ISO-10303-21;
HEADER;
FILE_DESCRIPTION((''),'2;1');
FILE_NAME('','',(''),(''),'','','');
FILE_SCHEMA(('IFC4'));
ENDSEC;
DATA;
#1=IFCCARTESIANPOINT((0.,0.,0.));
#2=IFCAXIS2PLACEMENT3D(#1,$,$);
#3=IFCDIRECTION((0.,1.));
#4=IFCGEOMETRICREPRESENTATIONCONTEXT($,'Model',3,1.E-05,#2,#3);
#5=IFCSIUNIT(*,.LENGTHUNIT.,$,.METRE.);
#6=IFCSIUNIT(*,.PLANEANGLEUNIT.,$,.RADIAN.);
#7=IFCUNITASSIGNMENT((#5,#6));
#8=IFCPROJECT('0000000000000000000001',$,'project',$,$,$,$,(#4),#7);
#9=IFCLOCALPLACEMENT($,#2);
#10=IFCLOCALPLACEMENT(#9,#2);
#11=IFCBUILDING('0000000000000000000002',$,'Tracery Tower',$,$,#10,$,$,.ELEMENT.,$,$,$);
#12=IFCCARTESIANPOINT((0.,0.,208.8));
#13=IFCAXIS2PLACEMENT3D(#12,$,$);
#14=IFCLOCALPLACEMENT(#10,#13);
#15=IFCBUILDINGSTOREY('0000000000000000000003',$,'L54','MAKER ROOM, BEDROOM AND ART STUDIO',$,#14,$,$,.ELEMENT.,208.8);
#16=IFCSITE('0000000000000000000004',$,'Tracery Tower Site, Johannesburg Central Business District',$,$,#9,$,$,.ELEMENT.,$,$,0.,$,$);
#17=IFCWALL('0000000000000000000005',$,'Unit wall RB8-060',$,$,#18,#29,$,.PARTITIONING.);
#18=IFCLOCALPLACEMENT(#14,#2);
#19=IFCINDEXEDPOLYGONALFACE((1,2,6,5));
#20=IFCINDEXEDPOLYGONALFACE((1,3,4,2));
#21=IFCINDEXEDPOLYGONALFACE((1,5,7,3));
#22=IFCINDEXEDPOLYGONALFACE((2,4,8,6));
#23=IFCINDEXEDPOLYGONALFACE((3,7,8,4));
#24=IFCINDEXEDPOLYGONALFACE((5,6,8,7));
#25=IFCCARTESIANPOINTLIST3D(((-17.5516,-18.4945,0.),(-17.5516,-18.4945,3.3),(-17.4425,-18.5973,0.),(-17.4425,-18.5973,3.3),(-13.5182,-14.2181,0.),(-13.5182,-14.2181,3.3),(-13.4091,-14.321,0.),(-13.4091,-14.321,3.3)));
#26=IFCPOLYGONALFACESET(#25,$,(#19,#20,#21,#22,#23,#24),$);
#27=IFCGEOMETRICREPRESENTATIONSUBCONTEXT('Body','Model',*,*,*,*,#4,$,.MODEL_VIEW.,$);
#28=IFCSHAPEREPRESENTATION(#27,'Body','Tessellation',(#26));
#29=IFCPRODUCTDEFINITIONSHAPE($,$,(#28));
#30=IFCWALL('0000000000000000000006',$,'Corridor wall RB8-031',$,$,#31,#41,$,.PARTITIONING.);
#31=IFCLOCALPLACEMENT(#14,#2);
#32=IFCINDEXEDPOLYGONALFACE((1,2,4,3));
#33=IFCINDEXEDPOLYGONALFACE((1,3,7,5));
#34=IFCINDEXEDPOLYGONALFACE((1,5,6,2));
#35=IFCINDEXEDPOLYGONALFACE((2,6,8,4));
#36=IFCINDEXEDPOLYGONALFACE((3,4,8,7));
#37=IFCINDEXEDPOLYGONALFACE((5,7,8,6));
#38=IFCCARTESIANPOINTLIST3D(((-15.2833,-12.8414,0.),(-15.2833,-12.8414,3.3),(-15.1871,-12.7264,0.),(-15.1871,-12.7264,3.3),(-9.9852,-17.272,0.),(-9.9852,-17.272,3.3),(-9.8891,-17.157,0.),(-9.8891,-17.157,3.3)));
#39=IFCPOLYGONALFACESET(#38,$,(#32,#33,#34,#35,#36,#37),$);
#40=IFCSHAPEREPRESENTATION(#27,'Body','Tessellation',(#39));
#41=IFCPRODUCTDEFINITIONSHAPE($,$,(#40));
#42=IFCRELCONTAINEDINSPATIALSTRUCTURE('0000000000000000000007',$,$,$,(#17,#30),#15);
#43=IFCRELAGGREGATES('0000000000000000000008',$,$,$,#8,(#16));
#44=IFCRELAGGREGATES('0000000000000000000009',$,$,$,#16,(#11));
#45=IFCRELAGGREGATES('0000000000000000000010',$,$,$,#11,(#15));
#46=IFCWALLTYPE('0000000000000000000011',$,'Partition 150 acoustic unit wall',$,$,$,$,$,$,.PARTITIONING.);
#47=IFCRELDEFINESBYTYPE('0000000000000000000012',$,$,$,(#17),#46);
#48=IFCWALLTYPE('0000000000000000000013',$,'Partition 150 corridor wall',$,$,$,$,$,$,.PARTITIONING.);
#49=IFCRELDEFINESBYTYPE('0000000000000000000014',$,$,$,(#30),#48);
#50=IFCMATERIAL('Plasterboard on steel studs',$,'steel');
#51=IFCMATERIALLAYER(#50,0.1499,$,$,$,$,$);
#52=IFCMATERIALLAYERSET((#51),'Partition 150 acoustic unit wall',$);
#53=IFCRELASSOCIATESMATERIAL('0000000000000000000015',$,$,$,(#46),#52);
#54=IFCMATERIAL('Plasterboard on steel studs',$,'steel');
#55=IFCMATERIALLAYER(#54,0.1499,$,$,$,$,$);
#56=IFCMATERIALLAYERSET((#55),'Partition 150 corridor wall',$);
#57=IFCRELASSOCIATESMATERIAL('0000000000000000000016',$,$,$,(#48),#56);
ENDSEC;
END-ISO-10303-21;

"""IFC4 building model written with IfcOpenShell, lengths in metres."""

from ifc_helpers import new_model, si_unit, direction, frame, frame_2d, origin, place, context, subcontext, project, spatial, rectangle, extrude, material, layer, layer_set, type_object, element, save


model = new_model("IFC4")

# Units and contexts
model_context = context("Model", 3, precision=1e-05, world=origin(), true_north=direction((0.0, 1.0)))
body_context = subcontext(model_context, "Body", "Model", "MODEL_VIEW")
ifc_project = project(units=[si_unit("LENGTHUNIT", "METRE"), si_unit("PLANEANGLEUNIT", "RADIAN")], contexts=[model_context])

# Site, building, storey
site_placement = place(None, origin())
site = spatial("IfcSite", under=ifc_project, at=site_placement, Name="Tracery Tower Site, Johannesburg Central Business District", CompositionType="ELEMENT", RefElevation=0.0)
building_placement = place(site_placement, origin())
building = spatial("IfcBuilding", under=site, at=building_placement, Name="Tracery Tower", CompositionType="ELEMENT")
storey_placement = place(building_placement, frame((0.0, 0.0, 208.8)))
storey = spatial("IfcBuildingStorey", under=building, at=storey_placement, Name="L54", Description="MAKER ROOM, BEDROOM AND ART STUDIO", CompositionType="ELEMENT", Elevation=208.8)

# Walls
ifc_material_1 = material(Name="Plasterboard on steel studs", Category="steel")
ifc_layer_1 = layer(ifc_material_1, 0.1499)
ifc_layer_set_1 = layer_set([ifc_layer_1], Name="Partition 150 acoustic unit wall")
wall_type_1 = type_object("IfcWallType", Name="Partition 150 acoustic unit wall", PredefinedType="PARTITIONING", material=ifc_layer_set_1)
wall_1_placement = place(storey_placement, frame((-17.4971, -18.5459, 0.0), z_axis=(0.0, 0.0, 1.0), x_axis=(0.686143, 0.727467, 0.0)))
element("IfcWall", 1, at=wall_1_placement, inside=storey, type_object=wall_type_1, Name="Unit wall RB8-060", PredefinedType="PARTITIONING", context=body_context, shape_type="SweptSolid", body=[
    extrude(rectangle(XDim=5.8784, YDim=0.1499, at=frame_2d((2.9392, 0.0))), origin(), (0.0, 0.0, 1.0), 3.3),
])
ifc_material_2 = material(Name="Plasterboard on steel studs", Category="steel")
ifc_layer_2 = layer(ifc_material_2, 0.1499)
ifc_layer_set_2 = layer_set([ifc_layer_2], Name="Partition 150 corridor wall")
wall_type_2 = type_object("IfcWallType", Name="Partition 150 corridor wall", PredefinedType="PARTITIONING", material=ifc_layer_set_2)
wall_2_placement = place(storey_placement, frame((-15.2351, -12.7839, 0.0), z_axis=(0.0, 0.0, 1.0), x_axis=(0.76711, -0.641515, 0.0)))
element("IfcWall", 2, at=wall_2_placement, inside=storey, type_object=wall_type_2, Name="Corridor wall RB8-031", PredefinedType="PARTITIONING", context=body_context, shape_type="SweptSolid", body=[
    extrude(rectangle(XDim=6.9065, YDim=0.1499, at=frame_2d((3.4531, 0.0))), origin(), (0.0, 0.0, 1.0), 3.3),
])

save(model, "model.ifc")
